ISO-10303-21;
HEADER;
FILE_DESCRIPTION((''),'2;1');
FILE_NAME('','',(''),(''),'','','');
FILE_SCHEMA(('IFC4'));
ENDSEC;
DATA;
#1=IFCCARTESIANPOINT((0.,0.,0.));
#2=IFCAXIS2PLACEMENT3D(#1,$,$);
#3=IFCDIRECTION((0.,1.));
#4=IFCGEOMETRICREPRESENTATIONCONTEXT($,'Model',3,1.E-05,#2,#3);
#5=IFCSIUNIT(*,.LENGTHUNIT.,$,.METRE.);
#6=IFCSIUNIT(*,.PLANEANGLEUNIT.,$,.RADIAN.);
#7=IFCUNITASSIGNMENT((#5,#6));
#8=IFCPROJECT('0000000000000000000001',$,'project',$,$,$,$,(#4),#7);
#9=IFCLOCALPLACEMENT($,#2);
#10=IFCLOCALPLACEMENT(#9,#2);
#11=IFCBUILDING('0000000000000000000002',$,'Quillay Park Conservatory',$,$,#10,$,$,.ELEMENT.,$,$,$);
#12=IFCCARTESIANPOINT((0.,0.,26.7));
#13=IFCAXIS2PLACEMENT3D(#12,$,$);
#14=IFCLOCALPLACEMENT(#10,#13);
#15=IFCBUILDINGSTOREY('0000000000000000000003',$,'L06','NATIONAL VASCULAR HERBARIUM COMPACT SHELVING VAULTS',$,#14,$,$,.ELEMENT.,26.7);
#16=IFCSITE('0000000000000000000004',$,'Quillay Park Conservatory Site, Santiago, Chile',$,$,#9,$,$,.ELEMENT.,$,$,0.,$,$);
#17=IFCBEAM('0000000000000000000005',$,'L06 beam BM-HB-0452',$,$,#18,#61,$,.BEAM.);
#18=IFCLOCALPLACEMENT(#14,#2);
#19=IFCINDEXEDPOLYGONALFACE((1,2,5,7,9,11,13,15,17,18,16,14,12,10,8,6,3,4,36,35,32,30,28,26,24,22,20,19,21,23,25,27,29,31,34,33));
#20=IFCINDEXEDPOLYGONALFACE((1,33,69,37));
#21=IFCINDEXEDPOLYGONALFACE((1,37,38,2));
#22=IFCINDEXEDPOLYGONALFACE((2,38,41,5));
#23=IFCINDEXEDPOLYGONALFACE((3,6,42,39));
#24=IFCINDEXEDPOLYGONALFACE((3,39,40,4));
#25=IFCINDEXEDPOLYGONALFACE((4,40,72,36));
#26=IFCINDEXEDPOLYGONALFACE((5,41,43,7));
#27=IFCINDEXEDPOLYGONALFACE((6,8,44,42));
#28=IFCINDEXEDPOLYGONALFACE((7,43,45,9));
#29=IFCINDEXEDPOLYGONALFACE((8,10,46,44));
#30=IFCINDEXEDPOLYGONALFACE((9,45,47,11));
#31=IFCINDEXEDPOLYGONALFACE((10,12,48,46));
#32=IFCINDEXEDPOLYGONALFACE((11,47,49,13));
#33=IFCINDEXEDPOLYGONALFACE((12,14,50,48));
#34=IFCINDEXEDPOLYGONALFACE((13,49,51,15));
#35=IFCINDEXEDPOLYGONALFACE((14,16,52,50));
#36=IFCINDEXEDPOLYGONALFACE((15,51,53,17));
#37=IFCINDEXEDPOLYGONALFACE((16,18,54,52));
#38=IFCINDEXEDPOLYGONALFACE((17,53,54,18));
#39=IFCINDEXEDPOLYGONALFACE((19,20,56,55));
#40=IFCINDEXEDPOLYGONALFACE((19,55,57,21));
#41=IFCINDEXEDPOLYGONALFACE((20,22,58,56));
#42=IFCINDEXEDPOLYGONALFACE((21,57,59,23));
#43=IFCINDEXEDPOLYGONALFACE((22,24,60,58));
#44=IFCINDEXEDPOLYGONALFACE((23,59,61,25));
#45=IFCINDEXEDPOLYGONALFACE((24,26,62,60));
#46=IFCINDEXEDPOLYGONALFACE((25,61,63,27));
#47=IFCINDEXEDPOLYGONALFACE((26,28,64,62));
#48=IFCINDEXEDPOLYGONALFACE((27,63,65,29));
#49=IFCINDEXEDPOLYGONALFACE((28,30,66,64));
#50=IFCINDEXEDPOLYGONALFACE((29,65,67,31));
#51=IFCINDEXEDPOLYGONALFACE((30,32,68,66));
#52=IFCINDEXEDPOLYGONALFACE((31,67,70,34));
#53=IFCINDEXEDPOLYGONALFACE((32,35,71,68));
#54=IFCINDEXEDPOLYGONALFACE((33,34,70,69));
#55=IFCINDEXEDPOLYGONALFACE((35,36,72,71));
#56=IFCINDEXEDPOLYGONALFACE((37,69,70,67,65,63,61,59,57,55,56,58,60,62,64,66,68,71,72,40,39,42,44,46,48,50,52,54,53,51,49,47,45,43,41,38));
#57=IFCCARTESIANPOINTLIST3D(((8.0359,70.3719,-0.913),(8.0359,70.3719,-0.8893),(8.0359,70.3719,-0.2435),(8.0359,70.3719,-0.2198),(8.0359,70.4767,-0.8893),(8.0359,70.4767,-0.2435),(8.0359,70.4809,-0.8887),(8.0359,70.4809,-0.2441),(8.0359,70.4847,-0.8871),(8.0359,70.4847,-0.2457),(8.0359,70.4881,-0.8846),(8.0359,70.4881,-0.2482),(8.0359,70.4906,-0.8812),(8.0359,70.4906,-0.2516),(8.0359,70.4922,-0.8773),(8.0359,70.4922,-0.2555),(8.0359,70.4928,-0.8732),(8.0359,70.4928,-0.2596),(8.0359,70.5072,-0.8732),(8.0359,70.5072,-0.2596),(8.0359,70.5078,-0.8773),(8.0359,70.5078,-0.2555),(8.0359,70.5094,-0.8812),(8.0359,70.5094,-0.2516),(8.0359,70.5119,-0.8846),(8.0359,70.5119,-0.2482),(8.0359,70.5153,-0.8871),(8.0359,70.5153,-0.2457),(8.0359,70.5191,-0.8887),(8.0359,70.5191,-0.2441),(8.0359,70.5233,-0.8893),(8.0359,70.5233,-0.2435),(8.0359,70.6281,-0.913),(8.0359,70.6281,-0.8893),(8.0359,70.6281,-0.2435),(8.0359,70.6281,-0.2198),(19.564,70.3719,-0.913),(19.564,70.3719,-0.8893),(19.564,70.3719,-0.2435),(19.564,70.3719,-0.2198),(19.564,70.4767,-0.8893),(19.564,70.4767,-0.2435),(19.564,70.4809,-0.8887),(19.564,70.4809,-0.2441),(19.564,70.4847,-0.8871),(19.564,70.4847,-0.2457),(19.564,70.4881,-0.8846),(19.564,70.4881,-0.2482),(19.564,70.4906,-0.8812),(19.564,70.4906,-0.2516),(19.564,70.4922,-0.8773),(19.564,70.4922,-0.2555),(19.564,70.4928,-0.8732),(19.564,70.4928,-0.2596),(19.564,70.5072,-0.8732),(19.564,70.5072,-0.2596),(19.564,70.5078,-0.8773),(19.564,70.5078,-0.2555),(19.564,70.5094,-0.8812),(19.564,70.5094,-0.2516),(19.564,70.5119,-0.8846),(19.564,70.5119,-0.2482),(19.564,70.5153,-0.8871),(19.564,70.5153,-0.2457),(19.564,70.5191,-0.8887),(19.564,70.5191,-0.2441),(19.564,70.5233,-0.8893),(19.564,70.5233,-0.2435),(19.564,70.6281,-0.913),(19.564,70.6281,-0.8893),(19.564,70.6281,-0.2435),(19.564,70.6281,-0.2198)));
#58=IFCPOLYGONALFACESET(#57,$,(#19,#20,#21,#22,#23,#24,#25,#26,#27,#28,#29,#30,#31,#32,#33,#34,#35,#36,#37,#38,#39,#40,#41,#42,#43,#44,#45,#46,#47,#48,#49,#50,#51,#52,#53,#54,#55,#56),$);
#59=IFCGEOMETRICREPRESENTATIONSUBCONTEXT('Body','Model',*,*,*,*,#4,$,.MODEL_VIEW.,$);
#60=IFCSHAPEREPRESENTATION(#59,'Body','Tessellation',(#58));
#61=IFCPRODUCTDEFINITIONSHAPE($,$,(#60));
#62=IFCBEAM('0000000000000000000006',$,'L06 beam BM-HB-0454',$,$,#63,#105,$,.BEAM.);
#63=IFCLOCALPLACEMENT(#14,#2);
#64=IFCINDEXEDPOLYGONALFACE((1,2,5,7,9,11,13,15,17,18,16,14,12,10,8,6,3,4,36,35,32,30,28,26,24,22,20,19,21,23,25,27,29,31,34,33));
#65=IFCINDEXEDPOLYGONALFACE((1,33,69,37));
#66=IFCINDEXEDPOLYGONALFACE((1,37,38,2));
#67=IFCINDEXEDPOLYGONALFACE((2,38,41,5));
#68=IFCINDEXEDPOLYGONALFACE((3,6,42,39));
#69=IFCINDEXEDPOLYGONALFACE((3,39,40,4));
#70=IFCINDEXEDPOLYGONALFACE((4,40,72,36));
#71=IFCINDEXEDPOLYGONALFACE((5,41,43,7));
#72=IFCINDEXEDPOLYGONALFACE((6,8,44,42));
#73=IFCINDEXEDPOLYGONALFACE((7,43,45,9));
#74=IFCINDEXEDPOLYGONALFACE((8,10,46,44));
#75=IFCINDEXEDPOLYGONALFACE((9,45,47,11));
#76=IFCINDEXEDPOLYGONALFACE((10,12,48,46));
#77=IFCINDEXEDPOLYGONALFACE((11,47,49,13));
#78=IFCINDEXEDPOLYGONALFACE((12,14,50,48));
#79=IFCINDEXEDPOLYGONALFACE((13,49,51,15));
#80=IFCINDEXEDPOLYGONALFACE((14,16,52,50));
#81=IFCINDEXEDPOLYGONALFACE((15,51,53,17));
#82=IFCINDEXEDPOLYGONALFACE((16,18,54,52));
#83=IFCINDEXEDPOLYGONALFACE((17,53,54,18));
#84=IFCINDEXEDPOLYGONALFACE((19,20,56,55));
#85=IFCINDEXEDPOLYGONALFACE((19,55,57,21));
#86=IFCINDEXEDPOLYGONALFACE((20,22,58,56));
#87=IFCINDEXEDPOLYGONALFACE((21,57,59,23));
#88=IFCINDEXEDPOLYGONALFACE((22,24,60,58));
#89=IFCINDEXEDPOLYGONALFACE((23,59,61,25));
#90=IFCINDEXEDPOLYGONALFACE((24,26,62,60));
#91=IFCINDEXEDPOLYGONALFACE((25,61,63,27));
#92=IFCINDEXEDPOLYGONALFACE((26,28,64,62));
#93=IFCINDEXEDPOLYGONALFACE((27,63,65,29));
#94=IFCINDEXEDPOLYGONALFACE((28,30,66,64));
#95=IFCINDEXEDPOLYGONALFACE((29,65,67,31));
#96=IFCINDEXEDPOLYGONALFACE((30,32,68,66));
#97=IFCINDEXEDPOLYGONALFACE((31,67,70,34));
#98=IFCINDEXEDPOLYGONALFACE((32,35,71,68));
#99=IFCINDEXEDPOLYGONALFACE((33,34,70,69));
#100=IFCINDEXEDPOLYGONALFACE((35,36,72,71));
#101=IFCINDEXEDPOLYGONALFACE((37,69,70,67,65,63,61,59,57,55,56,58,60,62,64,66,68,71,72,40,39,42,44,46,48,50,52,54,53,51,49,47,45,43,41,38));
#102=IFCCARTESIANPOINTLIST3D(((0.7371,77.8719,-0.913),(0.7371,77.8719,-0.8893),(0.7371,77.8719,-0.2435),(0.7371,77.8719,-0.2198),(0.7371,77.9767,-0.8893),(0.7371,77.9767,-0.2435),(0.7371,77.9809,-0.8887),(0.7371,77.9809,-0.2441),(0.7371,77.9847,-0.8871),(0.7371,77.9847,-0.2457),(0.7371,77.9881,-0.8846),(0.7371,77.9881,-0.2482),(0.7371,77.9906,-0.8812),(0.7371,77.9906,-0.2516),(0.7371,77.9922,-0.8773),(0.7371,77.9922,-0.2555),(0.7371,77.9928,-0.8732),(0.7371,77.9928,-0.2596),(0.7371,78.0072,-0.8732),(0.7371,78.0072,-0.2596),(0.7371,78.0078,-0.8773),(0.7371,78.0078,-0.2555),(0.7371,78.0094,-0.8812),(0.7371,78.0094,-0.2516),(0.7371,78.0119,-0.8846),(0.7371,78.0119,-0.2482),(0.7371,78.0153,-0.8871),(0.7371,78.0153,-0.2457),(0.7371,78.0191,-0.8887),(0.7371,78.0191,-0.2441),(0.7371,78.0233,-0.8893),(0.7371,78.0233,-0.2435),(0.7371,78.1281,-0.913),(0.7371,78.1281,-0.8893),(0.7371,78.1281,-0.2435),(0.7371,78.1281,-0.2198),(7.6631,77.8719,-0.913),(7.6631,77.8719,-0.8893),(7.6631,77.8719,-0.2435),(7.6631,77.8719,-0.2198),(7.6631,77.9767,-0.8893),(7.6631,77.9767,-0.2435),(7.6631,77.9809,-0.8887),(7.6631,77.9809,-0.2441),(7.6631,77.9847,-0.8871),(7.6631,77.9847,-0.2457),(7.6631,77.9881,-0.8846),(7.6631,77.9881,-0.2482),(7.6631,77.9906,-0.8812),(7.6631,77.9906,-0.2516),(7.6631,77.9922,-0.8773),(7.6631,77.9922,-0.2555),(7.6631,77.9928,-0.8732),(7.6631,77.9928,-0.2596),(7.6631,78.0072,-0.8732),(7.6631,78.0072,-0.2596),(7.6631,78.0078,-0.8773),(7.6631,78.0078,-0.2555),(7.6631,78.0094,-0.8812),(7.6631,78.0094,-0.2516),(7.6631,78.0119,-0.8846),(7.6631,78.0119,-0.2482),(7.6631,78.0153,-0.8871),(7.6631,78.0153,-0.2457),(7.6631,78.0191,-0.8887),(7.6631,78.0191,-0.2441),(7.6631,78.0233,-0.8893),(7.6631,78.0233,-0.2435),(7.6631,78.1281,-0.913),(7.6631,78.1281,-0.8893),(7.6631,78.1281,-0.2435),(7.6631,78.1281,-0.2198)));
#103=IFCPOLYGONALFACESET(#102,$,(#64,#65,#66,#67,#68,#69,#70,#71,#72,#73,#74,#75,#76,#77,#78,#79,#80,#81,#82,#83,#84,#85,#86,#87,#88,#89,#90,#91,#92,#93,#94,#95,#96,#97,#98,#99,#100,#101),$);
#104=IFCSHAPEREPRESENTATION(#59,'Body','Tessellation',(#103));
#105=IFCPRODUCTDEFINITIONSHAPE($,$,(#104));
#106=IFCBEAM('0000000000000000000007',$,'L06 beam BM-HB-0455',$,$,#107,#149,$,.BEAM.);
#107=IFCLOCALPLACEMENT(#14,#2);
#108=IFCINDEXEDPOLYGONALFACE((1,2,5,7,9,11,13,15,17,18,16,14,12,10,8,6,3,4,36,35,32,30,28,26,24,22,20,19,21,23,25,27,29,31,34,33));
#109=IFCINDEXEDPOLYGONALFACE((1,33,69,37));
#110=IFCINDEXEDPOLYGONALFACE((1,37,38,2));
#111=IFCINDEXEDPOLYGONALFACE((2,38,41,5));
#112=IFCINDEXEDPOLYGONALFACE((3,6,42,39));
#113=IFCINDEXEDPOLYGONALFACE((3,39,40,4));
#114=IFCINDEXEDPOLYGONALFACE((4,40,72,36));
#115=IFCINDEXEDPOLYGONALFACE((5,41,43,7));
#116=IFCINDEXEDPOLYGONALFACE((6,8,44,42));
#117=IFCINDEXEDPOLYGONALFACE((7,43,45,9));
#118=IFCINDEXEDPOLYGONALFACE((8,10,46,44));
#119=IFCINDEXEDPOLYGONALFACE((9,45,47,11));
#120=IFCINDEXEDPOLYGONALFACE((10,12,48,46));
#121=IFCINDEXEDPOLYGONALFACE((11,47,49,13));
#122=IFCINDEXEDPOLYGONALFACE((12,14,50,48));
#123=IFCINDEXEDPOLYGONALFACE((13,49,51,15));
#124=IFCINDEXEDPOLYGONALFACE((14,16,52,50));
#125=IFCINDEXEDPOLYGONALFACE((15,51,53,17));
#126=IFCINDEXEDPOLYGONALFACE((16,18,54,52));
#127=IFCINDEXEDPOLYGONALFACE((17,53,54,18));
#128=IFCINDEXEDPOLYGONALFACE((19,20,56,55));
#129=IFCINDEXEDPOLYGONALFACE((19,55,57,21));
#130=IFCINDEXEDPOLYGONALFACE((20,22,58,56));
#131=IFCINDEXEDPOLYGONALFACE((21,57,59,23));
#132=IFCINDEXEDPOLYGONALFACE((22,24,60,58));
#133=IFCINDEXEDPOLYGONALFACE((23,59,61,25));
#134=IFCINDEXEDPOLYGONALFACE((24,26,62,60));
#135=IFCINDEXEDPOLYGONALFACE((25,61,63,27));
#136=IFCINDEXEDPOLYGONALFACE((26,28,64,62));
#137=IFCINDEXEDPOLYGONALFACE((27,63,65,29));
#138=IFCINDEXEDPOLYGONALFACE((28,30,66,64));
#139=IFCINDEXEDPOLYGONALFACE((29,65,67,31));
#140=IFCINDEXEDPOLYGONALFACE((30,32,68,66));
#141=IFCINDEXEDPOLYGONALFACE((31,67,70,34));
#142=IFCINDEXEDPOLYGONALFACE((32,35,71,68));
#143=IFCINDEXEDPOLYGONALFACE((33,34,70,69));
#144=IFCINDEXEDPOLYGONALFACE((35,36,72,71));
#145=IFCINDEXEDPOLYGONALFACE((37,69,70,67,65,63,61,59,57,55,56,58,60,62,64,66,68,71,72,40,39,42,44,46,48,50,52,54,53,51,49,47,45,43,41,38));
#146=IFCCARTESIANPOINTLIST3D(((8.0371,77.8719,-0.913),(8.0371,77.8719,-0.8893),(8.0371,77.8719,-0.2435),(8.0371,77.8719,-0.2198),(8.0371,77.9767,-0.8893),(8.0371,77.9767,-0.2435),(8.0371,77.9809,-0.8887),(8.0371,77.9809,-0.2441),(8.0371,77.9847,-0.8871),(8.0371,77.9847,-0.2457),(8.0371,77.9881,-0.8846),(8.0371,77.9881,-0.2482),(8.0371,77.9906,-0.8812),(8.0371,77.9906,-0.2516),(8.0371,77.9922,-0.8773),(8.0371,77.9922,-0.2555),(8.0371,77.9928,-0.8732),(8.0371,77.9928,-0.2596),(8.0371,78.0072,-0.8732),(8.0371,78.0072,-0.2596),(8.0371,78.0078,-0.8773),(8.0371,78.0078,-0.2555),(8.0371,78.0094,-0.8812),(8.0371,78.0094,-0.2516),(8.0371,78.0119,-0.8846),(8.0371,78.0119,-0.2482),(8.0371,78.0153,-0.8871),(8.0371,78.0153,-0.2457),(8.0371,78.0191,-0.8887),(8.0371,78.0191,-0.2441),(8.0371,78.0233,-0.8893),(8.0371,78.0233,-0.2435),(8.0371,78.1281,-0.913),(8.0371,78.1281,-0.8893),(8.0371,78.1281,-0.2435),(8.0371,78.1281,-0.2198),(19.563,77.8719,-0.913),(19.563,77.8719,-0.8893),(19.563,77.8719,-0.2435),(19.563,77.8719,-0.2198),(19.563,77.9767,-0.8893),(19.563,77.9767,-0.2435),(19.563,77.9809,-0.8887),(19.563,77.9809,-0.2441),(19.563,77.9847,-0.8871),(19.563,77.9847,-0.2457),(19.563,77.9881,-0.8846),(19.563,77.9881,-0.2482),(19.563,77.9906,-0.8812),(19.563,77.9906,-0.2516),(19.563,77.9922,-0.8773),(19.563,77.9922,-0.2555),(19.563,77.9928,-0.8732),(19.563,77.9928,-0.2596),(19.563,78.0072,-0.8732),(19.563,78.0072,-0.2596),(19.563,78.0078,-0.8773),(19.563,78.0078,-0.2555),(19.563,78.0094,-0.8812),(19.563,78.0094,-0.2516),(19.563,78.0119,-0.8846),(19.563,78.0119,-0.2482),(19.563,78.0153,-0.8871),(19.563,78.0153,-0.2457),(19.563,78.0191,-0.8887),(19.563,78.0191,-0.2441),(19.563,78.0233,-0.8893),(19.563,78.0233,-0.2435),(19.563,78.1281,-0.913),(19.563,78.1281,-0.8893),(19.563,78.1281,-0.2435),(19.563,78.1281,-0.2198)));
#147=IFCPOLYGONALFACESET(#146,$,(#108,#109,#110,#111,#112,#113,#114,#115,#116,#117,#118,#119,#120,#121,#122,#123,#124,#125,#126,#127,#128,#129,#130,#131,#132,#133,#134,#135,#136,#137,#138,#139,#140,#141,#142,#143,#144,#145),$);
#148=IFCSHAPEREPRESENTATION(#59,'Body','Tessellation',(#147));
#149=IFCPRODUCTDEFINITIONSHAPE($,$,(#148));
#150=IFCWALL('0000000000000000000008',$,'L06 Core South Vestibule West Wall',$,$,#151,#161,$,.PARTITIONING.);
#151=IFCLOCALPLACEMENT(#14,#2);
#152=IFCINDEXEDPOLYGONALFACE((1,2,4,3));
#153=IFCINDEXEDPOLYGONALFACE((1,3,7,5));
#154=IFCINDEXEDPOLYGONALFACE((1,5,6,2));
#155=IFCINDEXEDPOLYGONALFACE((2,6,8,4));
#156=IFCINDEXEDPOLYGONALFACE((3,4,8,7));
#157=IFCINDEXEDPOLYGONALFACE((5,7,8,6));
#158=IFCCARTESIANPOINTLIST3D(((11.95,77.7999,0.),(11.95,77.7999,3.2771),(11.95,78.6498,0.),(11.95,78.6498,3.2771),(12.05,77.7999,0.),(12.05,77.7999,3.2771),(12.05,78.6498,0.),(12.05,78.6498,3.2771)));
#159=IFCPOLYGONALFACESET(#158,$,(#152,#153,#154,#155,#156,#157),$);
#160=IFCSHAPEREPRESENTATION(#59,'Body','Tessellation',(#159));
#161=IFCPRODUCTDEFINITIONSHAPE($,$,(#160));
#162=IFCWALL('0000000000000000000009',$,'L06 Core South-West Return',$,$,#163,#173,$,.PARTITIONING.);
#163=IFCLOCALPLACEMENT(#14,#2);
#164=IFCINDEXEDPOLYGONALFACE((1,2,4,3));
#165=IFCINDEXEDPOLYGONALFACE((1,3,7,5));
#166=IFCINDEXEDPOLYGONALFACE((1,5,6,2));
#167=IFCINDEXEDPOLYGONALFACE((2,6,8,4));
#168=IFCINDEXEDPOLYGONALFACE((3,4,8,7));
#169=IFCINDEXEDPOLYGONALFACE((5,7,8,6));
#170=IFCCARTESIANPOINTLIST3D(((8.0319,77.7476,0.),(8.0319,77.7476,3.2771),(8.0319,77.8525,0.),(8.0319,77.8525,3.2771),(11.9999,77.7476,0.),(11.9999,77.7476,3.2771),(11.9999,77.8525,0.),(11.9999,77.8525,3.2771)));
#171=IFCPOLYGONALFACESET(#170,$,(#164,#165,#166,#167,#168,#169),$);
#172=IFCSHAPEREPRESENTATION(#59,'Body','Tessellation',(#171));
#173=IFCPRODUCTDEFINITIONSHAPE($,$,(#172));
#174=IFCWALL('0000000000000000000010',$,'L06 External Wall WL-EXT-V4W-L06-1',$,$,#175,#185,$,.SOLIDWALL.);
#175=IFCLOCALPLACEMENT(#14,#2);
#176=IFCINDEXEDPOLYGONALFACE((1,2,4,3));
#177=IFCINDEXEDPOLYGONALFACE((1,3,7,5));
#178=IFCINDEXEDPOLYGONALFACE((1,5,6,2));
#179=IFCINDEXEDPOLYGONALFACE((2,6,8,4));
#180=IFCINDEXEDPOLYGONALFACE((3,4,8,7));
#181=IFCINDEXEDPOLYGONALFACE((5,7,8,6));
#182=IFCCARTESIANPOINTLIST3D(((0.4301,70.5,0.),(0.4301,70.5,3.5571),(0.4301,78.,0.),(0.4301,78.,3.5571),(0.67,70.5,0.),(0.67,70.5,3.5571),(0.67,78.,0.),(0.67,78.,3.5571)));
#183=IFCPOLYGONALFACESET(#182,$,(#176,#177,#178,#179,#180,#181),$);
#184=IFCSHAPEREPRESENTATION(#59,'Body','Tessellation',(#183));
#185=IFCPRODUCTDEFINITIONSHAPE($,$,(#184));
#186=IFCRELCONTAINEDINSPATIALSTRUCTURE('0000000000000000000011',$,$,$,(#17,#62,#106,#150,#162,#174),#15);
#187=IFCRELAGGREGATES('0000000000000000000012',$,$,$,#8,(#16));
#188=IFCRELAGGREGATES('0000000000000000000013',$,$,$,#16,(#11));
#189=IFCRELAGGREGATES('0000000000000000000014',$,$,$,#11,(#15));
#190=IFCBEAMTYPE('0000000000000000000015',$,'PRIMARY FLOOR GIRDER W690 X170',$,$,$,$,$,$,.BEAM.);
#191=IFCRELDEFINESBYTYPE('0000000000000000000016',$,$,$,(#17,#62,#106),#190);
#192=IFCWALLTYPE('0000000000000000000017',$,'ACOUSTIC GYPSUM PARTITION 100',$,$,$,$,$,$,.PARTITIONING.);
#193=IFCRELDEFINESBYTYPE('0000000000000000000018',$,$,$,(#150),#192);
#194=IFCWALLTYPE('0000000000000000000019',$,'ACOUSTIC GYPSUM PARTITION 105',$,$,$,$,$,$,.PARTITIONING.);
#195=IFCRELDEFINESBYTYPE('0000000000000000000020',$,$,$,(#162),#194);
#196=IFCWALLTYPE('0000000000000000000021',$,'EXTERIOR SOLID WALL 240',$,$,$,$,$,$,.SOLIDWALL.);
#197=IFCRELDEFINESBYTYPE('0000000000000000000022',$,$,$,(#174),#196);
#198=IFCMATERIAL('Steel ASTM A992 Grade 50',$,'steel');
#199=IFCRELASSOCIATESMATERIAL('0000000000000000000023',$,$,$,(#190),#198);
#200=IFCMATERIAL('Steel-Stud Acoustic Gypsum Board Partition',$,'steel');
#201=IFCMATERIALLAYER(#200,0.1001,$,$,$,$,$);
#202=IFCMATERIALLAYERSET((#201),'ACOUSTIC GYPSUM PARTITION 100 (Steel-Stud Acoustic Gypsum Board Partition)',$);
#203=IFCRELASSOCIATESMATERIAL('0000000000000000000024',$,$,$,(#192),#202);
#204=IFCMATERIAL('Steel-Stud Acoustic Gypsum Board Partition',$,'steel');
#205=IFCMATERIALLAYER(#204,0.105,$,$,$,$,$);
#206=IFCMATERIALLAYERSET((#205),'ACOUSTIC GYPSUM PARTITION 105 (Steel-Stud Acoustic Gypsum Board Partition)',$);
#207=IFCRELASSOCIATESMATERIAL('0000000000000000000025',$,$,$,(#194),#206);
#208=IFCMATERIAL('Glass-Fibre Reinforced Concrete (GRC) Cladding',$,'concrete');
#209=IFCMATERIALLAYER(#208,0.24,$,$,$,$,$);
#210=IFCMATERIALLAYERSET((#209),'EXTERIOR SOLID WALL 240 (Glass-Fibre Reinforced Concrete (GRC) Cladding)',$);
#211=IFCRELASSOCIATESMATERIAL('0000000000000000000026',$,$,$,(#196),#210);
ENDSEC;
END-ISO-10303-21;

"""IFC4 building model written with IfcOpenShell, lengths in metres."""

from ifc_helpers import new_model, si_unit, direction, frame, frame_2d, origin, origin_2d, place, context, subcontext, project, spatial, rectangle, i_section, extrude, material, layer, layer_set, material_profile, profile_set, type_object, element, save


model = new_model("IFC4")

# Units and contexts
model_context = context("Model", 3, precision=1e-05, world=origin(), true_north=direction((0.0, 1.0)))
body_context = subcontext(model_context, "Body", "Model", "MODEL_VIEW")
ifc_project = project(units=[si_unit("LENGTHUNIT", "METRE"), si_unit("PLANEANGLEUNIT", "RADIAN")], contexts=[model_context])

# Site, building, storey
site_placement = place(None, origin())
site = spatial("IfcSite", under=ifc_project, at=site_placement, Name="Quillay Park Conservatory Site, Santiago, Chile", CompositionType="ELEMENT", RefElevation=0.0)
building_placement = place(site_placement, origin())
building = spatial("IfcBuilding", under=site, at=building_placement, Name="Quillay Park Conservatory", CompositionType="ELEMENT")
storey_placement = place(building_placement, frame((0.0, 0.0, 26.7)))
storey = spatial("IfcBuildingStorey", under=building, at=storey_placement, Name="L06", Description="NATIONAL VASCULAR HERBARIUM COMPACT SHELVING VAULTS", CompositionType="ELEMENT", Elevation=26.7)

# Beams
ifc_material_1 = material(Name="Steel ASTM A992 Grade 50", Category="steel")
ifc_material_profile_1 = material_profile(ifc_material_1, i_section(OverallWidth=0.2561, OverallDepth=0.6931, WebThickness=0.0144, FlangeThickness=0.0237, FilletRadius=0.0161, at=origin_2d()), Name="W690x170")
ifc_profile_set_1 = profile_set([ifc_material_profile_1], Name="Steel ASTM A992 Grade 50")
beam_type_1 = type_object("IfcBeamType", Name="PRIMARY FLOOR GIRDER W690 X170", PredefinedType="BEAM", material=ifc_profile_set_1)
beam_1_placement = place(storey_placement, frame((8.0359, 70.5, -0.5664), z_axis=(1.0, 0.0, 0.0), x_axis=(0.0, 1.0, 0.0)))
element("IfcBeam", 1, at=beam_1_placement, inside=storey, type_object=beam_type_1, Name="L06 beam BM-HB-0452", PredefinedType="BEAM", context=body_context, shape_type="SweptSolid", body=[
    extrude(i_section(OverallWidth=0.2561, OverallDepth=0.6931, WebThickness=0.0144, FlangeThickness=0.0237, FilletRadius=0.0161, at=origin_2d()), origin(), (0.0, 0.0, 1.0), 11.5281),
])
beam_2_placement = place(storey_placement, frame((0.7371, 78.0, -0.5664), z_axis=(1.0, 0.0, 0.0), x_axis=(0.0, 1.0, 0.0)))
element("IfcBeam", 2, at=beam_2_placement, inside=storey, type_object=beam_type_1, Name="L06 beam BM-HB-0454", PredefinedType="BEAM", context=body_context, shape_type="SweptSolid", body=[
    extrude(i_section(OverallWidth=0.2561, OverallDepth=0.6931, WebThickness=0.0144, FlangeThickness=0.0237, FilletRadius=0.0161, at=origin_2d()), origin(), (0.0, 0.0, 1.0), 6.926),
])
beam_3_placement = place(storey_placement, frame((8.0371, 78.0, -0.5664), z_axis=(1.0, 0.0, 0.0), x_axis=(0.0, 1.0, 0.0)))
element("IfcBeam", 3, at=beam_3_placement, inside=storey, type_object=beam_type_1, Name="L06 beam BM-HB-0455", PredefinedType="BEAM", context=body_context, shape_type="SweptSolid", body=[
    extrude(i_section(OverallWidth=0.2561, OverallDepth=0.6931, WebThickness=0.0144, FlangeThickness=0.0237, FilletRadius=0.0161, at=origin_2d()), origin(), (0.0, 0.0, 1.0), 11.5259),
])

# Walls
ifc_material_2 = material(Name="Steel-Stud Acoustic Gypsum Board Partition", Category="steel")
ifc_layer_1 = layer(ifc_material_2, 0.1001)
ifc_layer_set_1 = layer_set([ifc_layer_1], Name="ACOUSTIC GYPSUM PARTITION 100 (Steel-Stud Acoustic Gypsum Board Partition)")
wall_type_1 = type_object("IfcWallType", Name="ACOUSTIC GYPSUM PARTITION 100", PredefinedType="PARTITIONING", material=ifc_layer_set_1)
wall_1_placement = place(storey_placement, frame((12.0, 77.8, 0.0), z_axis=(0.0, 0.0, 1.0), x_axis=(0.0, 1.0, 0.0)))
element("IfcWall", 4, at=wall_1_placement, inside=storey, type_object=wall_type_1, Name="L06 Core South Vestibule West Wall", PredefinedType="PARTITIONING", context=body_context, shape_type="SweptSolid", body=[
    extrude(rectangle(XDim=0.8499, YDim=0.1001, at=frame_2d((0.4248, 0.0))), origin(), (0.0, 0.0, 1.0), 3.2771),
])
ifc_material_3 = material(Name="Steel-Stud Acoustic Gypsum Board Partition", Category="steel")
ifc_layer_2 = layer(ifc_material_3, 0.105)
ifc_layer_set_2 = layer_set([ifc_layer_2], Name="ACOUSTIC GYPSUM PARTITION 105 (Steel-Stud Acoustic Gypsum Board Partition)")
wall_type_2 = type_object("IfcWallType", Name="ACOUSTIC GYPSUM PARTITION 105", PredefinedType="PARTITIONING", material=ifc_layer_set_2)
wall_2_placement = place(storey_placement, frame((8.032, 77.8, 0.0), z_axis=(0.0, 0.0, 1.0), x_axis=(1.0, 0.0, 0.0)))
element("IfcWall", 5, at=wall_2_placement, inside=storey, type_object=wall_type_2, Name="L06 Core South-West Return", PredefinedType="PARTITIONING", context=body_context, shape_type="SweptSolid", body=[
    extrude(rectangle(XDim=3.968, YDim=0.105, at=frame_2d((1.9839, 0.0))), origin(), (0.0, 0.0, 1.0), 3.2771),
])
ifc_material_4 = material(Name="Glass-Fibre Reinforced Concrete (GRC) Cladding", Category="concrete")
ifc_layer_3 = layer(ifc_material_4, 0.24)
ifc_layer_set_3 = layer_set([ifc_layer_3], Name="EXTERIOR SOLID WALL 240 (Glass-Fibre Reinforced Concrete (GRC) Cladding)")
wall_type_3 = type_object("IfcWallType", Name="EXTERIOR SOLID WALL 240", PredefinedType="SOLIDWALL", material=ifc_layer_set_3)
wall_3_placement = place(storey_placement, frame((0.55, 70.5, 0.0), z_axis=(0.0, 0.0, 1.0), x_axis=(0.0, 1.0, 0.0)))
element("IfcWall", 6, at=wall_3_placement, inside=storey, type_object=wall_type_3, Name="L06 External Wall WL-EXT-V4W-L06-1", PredefinedType="SOLIDWALL", context=body_context, shape_type="SweptSolid", body=[
    extrude(rectangle(XDim=7.5, YDim=0.24, at=frame_2d((3.75, 0.0))), origin(), (0.0, 0.0, 1.0), 3.5571),
])

save(model, "model.ifc")
